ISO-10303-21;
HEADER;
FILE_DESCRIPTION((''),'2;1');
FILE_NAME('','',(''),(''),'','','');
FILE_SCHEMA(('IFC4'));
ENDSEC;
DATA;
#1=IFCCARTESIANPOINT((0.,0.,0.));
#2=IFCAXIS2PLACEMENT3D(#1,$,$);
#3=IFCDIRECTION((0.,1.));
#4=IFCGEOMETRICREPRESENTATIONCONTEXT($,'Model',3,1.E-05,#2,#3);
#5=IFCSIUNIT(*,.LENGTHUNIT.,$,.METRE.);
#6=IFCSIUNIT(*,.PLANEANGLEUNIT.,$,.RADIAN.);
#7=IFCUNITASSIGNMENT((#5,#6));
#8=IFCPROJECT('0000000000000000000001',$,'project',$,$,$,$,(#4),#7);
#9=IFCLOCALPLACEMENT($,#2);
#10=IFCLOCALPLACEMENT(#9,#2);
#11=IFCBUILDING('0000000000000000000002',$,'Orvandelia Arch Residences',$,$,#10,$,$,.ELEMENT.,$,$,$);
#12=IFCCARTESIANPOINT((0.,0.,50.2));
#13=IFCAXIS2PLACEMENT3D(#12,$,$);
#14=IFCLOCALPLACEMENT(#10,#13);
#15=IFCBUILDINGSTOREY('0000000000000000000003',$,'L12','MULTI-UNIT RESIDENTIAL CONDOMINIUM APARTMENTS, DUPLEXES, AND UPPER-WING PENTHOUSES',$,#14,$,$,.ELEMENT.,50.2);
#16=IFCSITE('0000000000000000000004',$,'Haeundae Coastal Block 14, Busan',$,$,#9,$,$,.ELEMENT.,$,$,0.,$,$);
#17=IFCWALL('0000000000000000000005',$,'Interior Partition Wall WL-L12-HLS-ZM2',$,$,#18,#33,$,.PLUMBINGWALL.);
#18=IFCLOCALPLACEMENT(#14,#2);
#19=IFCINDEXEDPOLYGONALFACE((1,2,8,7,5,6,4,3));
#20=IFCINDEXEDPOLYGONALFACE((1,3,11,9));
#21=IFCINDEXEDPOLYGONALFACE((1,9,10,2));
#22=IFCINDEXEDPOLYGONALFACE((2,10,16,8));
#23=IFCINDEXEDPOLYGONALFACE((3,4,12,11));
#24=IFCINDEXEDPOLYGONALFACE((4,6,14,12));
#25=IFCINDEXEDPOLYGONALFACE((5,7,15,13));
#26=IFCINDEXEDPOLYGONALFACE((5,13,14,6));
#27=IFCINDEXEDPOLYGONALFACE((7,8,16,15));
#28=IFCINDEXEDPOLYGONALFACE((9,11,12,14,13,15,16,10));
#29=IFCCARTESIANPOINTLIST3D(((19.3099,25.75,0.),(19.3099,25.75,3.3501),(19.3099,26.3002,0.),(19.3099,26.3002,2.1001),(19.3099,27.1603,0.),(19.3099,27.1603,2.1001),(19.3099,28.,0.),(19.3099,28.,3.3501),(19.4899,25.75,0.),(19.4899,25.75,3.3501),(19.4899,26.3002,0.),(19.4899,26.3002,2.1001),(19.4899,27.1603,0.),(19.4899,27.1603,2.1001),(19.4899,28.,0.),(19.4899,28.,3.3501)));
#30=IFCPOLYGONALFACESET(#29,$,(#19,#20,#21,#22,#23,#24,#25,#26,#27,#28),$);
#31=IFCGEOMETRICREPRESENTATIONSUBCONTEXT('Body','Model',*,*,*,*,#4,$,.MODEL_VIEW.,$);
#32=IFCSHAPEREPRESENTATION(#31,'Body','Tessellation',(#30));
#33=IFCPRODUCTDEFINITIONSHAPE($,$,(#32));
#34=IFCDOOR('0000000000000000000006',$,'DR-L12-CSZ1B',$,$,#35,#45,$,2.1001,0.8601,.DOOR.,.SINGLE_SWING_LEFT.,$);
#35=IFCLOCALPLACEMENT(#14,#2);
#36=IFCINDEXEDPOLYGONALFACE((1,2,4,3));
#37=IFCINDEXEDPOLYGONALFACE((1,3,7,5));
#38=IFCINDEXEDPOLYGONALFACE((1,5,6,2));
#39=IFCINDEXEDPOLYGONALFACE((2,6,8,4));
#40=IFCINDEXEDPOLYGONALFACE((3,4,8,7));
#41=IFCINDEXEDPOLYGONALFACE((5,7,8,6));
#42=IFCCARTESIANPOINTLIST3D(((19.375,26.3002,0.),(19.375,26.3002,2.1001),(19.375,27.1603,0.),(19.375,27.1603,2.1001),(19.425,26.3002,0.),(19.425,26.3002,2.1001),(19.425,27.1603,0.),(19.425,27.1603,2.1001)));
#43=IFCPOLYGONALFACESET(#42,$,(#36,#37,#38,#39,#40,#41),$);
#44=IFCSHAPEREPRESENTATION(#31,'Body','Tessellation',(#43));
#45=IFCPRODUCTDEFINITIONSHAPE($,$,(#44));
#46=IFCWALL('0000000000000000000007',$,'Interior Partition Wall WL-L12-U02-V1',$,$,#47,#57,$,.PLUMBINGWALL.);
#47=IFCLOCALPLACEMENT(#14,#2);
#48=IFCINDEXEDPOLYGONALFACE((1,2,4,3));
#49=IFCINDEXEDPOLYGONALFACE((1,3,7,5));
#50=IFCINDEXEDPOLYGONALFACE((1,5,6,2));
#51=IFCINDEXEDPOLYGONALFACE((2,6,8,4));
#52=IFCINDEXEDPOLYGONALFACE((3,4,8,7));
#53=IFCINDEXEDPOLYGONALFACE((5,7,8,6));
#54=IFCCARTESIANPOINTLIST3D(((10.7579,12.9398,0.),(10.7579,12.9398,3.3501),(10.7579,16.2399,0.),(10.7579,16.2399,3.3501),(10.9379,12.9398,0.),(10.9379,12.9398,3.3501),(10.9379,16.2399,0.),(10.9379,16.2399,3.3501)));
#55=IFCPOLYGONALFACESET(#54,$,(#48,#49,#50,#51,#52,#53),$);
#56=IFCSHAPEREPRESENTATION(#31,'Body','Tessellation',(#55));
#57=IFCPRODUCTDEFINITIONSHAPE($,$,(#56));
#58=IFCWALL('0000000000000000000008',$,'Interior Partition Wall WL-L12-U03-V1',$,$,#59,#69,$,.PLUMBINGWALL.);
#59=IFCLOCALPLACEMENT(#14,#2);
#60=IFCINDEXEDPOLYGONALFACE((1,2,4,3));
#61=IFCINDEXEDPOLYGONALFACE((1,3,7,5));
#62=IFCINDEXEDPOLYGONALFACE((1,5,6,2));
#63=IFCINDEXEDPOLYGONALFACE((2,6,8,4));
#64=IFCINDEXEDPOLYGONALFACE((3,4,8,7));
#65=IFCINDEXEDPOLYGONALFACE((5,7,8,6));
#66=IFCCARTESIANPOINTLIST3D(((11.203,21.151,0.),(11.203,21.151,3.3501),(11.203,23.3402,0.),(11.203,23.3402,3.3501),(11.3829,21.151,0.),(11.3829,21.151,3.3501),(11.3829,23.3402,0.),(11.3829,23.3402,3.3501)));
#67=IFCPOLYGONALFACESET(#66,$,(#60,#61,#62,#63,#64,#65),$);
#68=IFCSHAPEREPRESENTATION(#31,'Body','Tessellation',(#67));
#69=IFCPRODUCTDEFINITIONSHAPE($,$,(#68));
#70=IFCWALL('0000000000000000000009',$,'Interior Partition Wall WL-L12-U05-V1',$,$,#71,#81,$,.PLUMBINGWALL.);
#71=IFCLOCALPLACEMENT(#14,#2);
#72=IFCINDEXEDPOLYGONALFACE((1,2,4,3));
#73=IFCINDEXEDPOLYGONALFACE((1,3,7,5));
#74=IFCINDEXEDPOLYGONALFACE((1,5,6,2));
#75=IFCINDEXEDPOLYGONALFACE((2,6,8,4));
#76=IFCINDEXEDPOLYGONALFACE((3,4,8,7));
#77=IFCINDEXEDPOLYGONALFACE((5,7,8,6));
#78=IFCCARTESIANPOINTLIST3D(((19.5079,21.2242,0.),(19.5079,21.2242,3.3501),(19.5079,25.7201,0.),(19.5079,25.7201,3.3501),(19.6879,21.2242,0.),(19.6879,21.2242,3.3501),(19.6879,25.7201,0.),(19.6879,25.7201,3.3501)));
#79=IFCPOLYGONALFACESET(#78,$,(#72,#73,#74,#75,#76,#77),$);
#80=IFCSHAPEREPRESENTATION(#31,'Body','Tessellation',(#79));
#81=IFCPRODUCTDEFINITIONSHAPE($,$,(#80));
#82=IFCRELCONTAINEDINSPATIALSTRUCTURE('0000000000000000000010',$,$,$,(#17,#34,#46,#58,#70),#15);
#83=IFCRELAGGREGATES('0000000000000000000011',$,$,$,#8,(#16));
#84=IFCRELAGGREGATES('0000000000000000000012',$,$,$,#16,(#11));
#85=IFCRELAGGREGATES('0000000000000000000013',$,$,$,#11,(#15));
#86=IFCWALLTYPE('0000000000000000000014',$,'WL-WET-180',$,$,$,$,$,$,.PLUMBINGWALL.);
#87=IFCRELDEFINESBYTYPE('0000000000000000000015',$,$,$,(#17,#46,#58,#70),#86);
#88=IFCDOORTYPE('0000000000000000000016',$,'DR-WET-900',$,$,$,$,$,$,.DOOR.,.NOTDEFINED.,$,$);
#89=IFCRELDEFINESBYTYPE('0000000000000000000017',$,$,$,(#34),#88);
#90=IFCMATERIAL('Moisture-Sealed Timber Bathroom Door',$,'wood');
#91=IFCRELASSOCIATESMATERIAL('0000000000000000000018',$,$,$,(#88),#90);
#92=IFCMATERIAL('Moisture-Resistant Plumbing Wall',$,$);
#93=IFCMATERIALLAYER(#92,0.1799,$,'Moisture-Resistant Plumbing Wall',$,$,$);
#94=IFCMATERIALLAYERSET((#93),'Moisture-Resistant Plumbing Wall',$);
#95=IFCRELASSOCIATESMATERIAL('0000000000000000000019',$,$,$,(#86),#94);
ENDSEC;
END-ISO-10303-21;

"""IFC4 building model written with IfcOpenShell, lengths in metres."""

from ifc_helpers import new_model, si_unit, direction, frame, frame_2d, origin, place, context, subcontext, project, spatial, rectangle, extrude, material, layer, layer_set, type_object, element, fill, save


model = new_model("IFC4")

# Units and contexts
model_context = context("Model", 3, precision=1e-05, world=origin(), true_north=direction((0.0, 1.0)))
body_context = subcontext(model_context, "Body", "Model", "MODEL_VIEW")
ifc_project = project(units=[si_unit("LENGTHUNIT", "METRE"), si_unit("PLANEANGLEUNIT", "RADIAN")], contexts=[model_context])

# Site, building, storey
site_placement = place(None, origin())
site = spatial("IfcSite", under=ifc_project, at=site_placement, Name="Haeundae Coastal Block 14, Busan", CompositionType="ELEMENT", RefElevation=0.0)
building_placement = place(site_placement, origin())
building = spatial("IfcBuilding", under=site, at=building_placement, Name="Orvandelia Arch Residences", CompositionType="ELEMENT")
storey_placement = place(building_placement, frame((0.0, 0.0, 50.2)))
storey = spatial("IfcBuildingStorey", under=building, at=storey_placement, Name="L12", Description="MULTI-UNIT RESIDENTIAL CONDOMINIUM APARTMENTS, DUPLEXES, AND UPPER-WING PENTHOUSES", CompositionType="ELEMENT", Elevation=50.2)

# Shared definitions
ifc_material_1 = material(Name="Moisture-Sealed Timber Bathroom Door", Category="wood")
door_type_1 = type_object("IfcDoorType", Name="DR-WET-900", OperationType="NOTDEFINED", PredefinedType="DOOR", material=ifc_material_1)

# Wall, opening, door
ifc_material_2 = material(Name="Moisture-Resistant Plumbing Wall")
ifc_layer_1 = layer(ifc_material_2, 0.1799, Name="Moisture-Resistant Plumbing Wall")
ifc_layer_set_1 = layer_set([ifc_layer_1], Name="Moisture-Resistant Plumbing Wall")
wall_type_1 = type_object("IfcWallType", Name="WL-WET-180", PredefinedType="PLUMBINGWALL", material=ifc_layer_set_1)
wall_1_placement = place(storey_placement, frame((19.3999, 25.75, 0.0), z_axis=(0.0, 0.0, 1.0), x_axis=(0.0, 1.0, 0.0)))
wall_1 = element("IfcWall", 1, at=wall_1_placement, inside=storey, type_object=wall_type_1, Name="Interior Partition Wall WL-L12-HLS-ZM2", PredefinedType="PLUMBINGWALL", context=body_context, shape_type="SweptSolid", body=[
    extrude(rectangle(XDim=2.25, YDim=0.1799, at=frame_2d((1.125, 0.0))), origin(), (0.0, 0.0, 1.0), 3.3501),
])
opening_1_placement = place(wall_1_placement, frame((0.55, 0.0, 0.0)))
opening_1 = element("IfcOpeningElement", 2, at=opening_1_placement, cuts=wall_1, PredefinedType="OPENING", context=body_context, shape_type="SweptSolid", body=[
    extrude(rectangle(XDim=0.8601, YDim=2.1001, at=frame_2d((0.4302, 1.05))), frame((0.0, 0.1001, 0.0), z_axis=(0.0, -1.0, 0.0), x_axis=(1.0, 0.0, 0.0)), (0.0, 0.0, 1.0), 0.2),
])
door_1_placement = place(opening_1_placement, origin())
door_1 = element("IfcDoor", 3, at=door_1_placement, inside=storey, type_object=door_type_1, Name="DR-L12-CSZ1B", OperationType="SINGLE_SWING_LEFT", OverallHeight=2.1001, OverallWidth=0.8601, PredefinedType="DOOR", context=body_context, shape_type="SweptSolid", body=[
    extrude(rectangle(XDim=0.8601, YDim=2.1001, at=frame_2d((0.4302, 1.05))), frame((0.0, 0.0249, 0.0), z_axis=(0.0, -1.0, 0.0), x_axis=(1.0, 0.0, 0.0)), (0.0, 0.0, 1.0), 0.05),
])
fill(opening_1, door_1)

# Walls
wall_2_placement = place(storey_placement, frame((10.8479, 12.9399, 0.0), z_axis=(0.0, 0.0, 1.0), x_axis=(0.0, 1.0, 0.0)))
element("IfcWall", 4, at=wall_2_placement, inside=storey, type_object=wall_type_1, Name="Interior Partition Wall WL-L12-U02-V1", PredefinedType="PLUMBINGWALL", context=body_context, shape_type="SweptSolid", body=[
    extrude(rectangle(XDim=3.3, YDim=0.1799, at=frame_2d((1.6499, 0.0))), origin(), (0.0, 0.0, 1.0), 3.3501),
])
wall_3_placement = place(storey_placement, frame((11.293, 21.1509, 0.0), z_axis=(0.0, 0.0, 1.0), x_axis=(0.0, 1.0, 0.0)))
element("IfcWall", 5, at=wall_3_placement, inside=storey, type_object=wall_type_1, Name="Interior Partition Wall WL-L12-U03-V1", PredefinedType="PLUMBINGWALL", context=body_context, shape_type="SweptSolid", body=[
    extrude(rectangle(XDim=2.1892, YDim=0.1799, at=frame_2d((1.0947, 0.0))), origin(), (0.0, 0.0, 1.0), 3.3501),
])

# Wall
wall_4_placement = place(storey_placement, frame((19.5979, 21.2241, 0.0), z_axis=(0.0, 0.0, 1.0), x_axis=(0.0, 1.0, 0.0)))
element("IfcWall", 6, at=wall_4_placement, inside=storey, type_object=wall_type_1, Name="Interior Partition Wall WL-L12-U05-V1", PredefinedType="PLUMBINGWALL", context=body_context, shape_type="SweptSolid", body=[
    extrude(rectangle(XDim=4.4958, YDim=0.1799, at=frame_2d((2.248, 0.0))), origin(), (0.0, 0.0, 1.0), 3.3501),
])

save(model, "model.ifc")
